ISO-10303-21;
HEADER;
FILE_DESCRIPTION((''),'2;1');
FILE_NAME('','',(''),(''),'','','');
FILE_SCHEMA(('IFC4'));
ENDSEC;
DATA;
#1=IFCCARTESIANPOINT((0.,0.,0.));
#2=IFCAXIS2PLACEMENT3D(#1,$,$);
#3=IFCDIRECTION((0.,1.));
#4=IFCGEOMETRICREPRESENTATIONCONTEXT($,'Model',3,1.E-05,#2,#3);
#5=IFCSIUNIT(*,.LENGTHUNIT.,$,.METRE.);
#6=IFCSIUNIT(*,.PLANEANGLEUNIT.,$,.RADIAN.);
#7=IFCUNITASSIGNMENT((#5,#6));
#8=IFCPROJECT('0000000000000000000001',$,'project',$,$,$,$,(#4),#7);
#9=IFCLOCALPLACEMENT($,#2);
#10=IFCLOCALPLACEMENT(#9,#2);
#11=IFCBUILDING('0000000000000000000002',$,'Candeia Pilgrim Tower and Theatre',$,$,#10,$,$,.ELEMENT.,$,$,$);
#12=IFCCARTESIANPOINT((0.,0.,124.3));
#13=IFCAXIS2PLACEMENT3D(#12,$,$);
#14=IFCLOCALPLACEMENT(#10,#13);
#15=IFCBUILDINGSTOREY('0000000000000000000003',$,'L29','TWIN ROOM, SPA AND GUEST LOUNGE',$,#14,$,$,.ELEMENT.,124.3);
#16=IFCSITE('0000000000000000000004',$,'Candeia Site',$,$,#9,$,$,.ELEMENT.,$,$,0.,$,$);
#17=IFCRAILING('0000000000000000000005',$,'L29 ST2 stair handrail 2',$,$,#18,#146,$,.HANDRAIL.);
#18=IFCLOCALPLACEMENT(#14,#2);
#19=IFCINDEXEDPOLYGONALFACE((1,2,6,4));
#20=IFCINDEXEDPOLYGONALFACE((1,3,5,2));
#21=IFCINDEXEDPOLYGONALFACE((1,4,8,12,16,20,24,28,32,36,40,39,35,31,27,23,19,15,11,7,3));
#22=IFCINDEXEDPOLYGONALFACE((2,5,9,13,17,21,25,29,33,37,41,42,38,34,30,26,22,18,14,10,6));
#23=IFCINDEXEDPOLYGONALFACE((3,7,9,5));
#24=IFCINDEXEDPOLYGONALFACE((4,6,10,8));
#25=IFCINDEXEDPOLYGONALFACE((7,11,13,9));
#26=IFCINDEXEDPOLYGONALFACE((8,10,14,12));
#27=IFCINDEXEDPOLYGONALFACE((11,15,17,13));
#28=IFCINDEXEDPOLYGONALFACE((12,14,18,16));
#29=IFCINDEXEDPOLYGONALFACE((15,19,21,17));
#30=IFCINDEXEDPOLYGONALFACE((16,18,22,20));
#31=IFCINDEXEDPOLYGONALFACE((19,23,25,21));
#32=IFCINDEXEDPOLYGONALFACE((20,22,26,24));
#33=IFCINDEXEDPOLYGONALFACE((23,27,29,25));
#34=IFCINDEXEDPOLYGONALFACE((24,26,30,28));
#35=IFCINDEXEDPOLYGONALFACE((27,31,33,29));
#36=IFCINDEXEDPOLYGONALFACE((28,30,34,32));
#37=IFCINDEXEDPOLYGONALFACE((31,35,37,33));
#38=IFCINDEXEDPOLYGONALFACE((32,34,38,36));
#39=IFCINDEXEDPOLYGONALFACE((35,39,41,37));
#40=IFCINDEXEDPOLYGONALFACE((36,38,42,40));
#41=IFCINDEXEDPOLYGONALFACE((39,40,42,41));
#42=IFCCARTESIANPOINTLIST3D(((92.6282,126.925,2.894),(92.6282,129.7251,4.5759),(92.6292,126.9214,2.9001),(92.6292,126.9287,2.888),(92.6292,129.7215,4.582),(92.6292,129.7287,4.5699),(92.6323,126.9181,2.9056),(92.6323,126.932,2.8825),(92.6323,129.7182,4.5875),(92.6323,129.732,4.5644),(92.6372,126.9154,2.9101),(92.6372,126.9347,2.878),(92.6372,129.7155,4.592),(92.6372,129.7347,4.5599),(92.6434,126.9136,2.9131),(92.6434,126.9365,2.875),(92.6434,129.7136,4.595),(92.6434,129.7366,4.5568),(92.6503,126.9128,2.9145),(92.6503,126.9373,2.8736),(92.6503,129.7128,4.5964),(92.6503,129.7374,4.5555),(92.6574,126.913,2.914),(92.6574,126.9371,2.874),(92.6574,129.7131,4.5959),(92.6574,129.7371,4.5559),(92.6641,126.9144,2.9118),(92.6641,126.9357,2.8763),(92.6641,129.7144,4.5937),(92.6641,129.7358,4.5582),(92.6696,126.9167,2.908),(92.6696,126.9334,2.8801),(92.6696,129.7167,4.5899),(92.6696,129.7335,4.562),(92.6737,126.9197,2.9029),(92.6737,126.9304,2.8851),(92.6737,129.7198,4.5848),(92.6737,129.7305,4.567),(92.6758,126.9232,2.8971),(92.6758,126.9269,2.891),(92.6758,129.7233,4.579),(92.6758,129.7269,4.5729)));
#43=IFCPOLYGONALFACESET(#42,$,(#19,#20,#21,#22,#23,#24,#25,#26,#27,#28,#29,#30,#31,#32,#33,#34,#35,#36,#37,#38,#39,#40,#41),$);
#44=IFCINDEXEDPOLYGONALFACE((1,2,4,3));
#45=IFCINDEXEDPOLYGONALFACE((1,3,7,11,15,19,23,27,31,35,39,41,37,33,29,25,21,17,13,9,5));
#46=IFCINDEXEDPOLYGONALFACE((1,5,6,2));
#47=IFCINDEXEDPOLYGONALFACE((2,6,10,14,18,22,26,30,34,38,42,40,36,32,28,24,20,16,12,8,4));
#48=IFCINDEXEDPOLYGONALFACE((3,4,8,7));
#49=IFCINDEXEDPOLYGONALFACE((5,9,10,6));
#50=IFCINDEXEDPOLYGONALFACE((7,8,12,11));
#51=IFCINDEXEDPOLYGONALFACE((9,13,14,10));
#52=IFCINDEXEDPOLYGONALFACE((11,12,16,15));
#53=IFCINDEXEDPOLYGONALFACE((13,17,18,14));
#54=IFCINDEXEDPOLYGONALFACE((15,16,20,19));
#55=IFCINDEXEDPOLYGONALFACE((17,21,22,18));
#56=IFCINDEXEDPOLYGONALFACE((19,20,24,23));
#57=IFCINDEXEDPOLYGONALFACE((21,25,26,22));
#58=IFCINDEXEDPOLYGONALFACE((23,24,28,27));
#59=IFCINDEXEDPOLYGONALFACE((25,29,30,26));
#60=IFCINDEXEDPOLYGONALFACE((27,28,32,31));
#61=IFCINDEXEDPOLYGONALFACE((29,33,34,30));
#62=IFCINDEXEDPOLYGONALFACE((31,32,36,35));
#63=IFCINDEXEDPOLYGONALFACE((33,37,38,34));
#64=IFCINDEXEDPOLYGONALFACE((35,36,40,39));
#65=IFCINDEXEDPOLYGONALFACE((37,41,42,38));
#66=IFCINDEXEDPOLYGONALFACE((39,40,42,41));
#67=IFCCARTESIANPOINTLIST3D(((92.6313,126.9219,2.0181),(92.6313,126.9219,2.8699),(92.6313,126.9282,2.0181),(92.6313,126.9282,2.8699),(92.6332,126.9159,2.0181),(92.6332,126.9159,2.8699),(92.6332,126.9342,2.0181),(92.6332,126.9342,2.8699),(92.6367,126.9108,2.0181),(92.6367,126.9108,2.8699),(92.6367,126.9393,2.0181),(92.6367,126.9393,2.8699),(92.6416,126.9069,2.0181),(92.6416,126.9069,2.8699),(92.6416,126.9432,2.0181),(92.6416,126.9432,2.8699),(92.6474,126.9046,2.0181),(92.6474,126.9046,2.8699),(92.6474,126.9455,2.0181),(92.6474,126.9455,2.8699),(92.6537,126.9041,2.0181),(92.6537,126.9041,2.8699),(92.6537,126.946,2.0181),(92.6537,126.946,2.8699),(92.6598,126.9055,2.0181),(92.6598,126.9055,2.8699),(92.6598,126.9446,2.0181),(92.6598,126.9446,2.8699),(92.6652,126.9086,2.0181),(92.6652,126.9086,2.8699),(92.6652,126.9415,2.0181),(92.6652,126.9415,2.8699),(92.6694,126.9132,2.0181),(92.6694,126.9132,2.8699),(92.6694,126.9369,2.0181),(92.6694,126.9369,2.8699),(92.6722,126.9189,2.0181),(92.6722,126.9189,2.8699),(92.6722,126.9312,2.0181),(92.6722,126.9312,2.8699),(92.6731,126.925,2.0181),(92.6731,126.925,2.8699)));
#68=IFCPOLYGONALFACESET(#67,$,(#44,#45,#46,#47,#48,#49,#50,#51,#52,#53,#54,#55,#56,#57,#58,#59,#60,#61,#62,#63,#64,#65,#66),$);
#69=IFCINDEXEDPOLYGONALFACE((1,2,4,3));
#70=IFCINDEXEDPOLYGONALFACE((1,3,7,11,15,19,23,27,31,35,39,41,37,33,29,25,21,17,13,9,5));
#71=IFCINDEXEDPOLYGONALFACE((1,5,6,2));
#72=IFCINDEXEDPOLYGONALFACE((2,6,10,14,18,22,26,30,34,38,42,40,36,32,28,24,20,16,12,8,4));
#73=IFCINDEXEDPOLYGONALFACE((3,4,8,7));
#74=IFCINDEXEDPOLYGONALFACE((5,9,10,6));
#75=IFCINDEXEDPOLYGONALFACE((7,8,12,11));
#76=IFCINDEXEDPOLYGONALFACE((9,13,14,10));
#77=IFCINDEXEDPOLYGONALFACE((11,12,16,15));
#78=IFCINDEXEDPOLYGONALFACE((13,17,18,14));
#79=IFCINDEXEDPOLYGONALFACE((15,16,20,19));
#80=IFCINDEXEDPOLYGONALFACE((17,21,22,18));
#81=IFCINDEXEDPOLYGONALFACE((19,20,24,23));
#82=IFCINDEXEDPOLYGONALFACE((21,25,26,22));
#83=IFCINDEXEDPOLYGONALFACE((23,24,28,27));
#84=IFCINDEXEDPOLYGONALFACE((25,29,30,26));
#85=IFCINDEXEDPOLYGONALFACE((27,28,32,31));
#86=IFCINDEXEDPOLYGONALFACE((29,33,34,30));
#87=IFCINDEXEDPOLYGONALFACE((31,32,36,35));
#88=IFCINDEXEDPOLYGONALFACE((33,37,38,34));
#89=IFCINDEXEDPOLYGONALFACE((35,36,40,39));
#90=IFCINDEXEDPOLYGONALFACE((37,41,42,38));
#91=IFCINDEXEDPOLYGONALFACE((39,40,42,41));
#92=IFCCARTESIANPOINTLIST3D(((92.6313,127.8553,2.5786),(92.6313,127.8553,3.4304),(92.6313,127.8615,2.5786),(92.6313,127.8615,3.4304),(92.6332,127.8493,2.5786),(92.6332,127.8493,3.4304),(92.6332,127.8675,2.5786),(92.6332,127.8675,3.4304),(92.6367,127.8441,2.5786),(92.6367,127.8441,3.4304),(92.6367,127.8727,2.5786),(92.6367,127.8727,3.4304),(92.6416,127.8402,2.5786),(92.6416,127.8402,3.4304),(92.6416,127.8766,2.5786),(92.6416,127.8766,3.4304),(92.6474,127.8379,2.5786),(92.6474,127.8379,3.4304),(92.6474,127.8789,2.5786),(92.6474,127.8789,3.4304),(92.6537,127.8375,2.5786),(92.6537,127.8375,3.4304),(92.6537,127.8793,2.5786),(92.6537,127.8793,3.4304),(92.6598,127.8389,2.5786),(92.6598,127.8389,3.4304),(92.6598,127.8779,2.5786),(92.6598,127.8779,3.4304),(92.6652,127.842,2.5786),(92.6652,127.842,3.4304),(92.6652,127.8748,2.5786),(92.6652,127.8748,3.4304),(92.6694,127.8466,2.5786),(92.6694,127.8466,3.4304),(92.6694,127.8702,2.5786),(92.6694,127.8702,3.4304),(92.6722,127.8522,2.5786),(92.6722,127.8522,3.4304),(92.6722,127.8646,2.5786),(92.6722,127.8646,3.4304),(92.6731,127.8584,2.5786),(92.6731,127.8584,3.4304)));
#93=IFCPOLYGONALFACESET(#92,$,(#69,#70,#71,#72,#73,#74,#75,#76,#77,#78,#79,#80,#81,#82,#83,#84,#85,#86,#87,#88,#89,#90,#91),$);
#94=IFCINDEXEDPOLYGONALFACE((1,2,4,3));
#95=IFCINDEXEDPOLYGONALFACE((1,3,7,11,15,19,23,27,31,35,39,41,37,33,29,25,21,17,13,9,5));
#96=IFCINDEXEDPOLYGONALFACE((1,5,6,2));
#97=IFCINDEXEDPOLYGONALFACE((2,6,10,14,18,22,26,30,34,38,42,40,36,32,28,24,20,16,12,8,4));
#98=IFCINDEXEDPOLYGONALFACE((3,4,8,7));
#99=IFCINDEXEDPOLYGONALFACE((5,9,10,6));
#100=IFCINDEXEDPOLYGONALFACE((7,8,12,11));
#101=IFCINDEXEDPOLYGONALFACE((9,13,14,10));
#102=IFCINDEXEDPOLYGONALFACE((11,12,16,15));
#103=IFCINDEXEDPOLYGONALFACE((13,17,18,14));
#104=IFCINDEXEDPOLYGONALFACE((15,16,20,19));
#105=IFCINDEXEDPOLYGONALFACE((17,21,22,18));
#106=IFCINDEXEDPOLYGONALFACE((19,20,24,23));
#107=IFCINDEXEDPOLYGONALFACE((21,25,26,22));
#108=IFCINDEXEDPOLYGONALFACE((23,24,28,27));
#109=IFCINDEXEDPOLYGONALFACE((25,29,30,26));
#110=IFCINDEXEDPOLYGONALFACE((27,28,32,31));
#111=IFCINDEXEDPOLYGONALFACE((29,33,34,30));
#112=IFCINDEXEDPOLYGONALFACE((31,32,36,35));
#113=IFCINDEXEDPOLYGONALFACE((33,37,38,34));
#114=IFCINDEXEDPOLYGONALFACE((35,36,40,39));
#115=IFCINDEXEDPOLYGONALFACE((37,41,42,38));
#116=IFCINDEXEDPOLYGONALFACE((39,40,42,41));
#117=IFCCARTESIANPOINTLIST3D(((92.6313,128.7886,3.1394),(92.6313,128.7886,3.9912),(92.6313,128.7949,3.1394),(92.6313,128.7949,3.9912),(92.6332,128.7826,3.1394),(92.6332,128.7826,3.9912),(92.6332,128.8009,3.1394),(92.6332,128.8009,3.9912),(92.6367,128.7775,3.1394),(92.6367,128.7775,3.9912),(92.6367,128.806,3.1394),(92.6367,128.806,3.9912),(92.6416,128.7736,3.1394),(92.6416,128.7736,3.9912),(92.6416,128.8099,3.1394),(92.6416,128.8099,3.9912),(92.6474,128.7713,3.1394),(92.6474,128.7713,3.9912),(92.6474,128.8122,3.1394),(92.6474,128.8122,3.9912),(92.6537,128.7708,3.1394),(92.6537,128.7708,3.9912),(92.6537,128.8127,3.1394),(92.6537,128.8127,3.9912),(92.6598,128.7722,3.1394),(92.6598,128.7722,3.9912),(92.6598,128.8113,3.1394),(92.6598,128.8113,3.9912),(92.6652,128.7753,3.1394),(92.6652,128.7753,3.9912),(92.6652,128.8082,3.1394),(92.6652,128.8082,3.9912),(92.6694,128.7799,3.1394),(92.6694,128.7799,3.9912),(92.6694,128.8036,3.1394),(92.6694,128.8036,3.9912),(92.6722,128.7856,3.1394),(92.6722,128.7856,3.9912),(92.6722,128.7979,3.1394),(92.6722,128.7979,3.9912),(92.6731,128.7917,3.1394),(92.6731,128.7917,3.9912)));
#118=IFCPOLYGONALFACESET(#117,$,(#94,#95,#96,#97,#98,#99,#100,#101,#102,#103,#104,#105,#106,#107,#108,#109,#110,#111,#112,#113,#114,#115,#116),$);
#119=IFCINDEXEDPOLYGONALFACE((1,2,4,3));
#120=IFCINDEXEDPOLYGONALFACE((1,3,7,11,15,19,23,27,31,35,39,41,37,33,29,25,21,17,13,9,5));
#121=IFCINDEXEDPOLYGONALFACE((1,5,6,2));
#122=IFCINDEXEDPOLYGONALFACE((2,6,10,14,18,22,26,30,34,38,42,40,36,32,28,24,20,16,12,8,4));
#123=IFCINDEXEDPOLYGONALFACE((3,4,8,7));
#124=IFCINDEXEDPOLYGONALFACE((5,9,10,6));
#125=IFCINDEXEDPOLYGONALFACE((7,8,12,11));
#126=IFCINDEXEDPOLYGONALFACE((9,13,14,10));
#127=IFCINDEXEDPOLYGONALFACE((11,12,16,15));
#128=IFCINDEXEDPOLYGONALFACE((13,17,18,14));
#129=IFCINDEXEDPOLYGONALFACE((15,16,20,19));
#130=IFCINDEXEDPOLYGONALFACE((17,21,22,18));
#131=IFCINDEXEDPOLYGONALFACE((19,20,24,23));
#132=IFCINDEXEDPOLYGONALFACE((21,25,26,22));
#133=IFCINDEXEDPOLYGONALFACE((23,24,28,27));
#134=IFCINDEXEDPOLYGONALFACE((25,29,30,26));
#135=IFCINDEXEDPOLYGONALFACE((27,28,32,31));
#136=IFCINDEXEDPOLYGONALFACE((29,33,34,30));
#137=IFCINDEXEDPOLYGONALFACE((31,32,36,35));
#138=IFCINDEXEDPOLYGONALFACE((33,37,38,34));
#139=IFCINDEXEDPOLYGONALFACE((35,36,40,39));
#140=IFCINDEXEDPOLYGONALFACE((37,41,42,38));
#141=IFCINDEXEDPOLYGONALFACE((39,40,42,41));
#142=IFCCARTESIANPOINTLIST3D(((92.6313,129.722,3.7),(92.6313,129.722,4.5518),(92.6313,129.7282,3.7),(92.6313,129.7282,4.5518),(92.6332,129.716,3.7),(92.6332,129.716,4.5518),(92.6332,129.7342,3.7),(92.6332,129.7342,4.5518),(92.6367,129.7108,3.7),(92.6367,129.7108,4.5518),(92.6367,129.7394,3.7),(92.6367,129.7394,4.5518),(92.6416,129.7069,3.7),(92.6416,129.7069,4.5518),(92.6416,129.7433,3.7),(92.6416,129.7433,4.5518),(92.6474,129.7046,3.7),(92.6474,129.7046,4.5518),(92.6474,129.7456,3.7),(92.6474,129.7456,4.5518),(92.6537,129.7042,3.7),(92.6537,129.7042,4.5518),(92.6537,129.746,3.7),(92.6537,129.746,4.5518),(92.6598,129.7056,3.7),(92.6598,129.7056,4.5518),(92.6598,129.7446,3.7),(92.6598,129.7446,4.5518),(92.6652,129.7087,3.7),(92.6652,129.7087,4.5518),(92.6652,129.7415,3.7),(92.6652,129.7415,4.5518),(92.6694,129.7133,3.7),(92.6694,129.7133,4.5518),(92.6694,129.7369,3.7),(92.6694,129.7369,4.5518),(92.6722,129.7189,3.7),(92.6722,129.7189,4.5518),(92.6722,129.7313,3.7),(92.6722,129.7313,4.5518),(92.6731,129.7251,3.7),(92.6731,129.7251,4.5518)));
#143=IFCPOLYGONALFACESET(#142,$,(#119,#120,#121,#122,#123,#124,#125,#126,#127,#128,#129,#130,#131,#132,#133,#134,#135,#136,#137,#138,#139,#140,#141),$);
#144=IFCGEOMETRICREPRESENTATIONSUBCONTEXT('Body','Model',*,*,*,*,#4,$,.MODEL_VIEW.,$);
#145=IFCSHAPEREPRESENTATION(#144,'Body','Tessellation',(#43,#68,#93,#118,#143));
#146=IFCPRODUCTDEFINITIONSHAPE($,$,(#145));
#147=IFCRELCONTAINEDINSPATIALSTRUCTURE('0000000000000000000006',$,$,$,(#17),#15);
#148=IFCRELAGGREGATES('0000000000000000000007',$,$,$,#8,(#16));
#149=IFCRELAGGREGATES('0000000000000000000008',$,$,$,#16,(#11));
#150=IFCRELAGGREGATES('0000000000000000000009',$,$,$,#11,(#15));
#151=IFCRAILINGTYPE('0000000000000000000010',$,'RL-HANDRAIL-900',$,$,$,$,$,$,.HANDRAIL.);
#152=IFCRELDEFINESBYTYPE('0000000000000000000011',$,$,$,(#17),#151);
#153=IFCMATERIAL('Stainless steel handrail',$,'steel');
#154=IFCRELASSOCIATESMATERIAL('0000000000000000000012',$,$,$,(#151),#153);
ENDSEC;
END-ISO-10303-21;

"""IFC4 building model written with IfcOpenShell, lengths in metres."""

from ifc_helpers import new_model, si_unit, direction, frame, origin, origin_2d, place, context, subcontext, project, spatial, circle, extrude, material, type_object, element, save


model = new_model("IFC4")

# Units and contexts
model_context = context("Model", 3, precision=1e-05, world=origin(), true_north=direction((0.0, 1.0)))
body_context = subcontext(model_context, "Body", "Model", "MODEL_VIEW")
ifc_project = project(units=[si_unit("LENGTHUNIT", "METRE"), si_unit("PLANEANGLEUNIT", "RADIAN")], contexts=[model_context])

# Site, building, storey
site_placement = place(None, origin())
site = spatial("IfcSite", under=ifc_project, at=site_placement, Name="Candeia Site", CompositionType="ELEMENT", RefElevation=0.0)
building_placement = place(site_placement, origin())
building = spatial("IfcBuilding", under=site, at=building_placement, Name="Candeia Pilgrim Tower and Theatre", CompositionType="ELEMENT")
storey_placement = place(building_placement, frame((0.0, 0.0, 124.3)))
storey = spatial("IfcBuildingStorey", under=building, at=storey_placement, Name="L29", Description="TWIN ROOM, SPA AND GUEST LOUNGE", CompositionType="ELEMENT", Elevation=124.3)

# Railing
ifc_material_1 = material(Name="Stainless steel handrail", Category="steel")
railing_type = type_object("IfcRailingType", Name="RL-HANDRAIL-900", PredefinedType="HANDRAIL", material=ifc_material_1)
for number, where, name in (
    (1, (92.6521, 126.925, 2.0181), "L29 ST2 stair handrail 2"),
):
    element("IfcRailing", number, at=place(storey_placement, frame(where)), inside=storey, type_object=railing_type, Name=name, PredefinedType="HANDRAIL", context=body_context, shape_type="SweptSolid", body=[
        extrude(circle(Radius=0.0239, at=origin_2d()), frame((0.0, 0.0, 0.876), z_axis=(0.0, 0.857242, 0.514913), x_axis=(-1.0, 0.0, 0.0)), (0.0, 0.0, 1.0), 3.2664),
        extrude(circle(Radius=0.021, at=origin_2d()), origin(), (0.0, 0.0, 1.0), 0.8518),
        extrude(circle(Radius=0.021, at=origin_2d()), frame((0.0, 0.9333, 0.5605)), (0.0, 0.0, 1.0), 0.8518),
        extrude(circle(Radius=0.021, at=origin_2d()), frame((0.0, 1.8667, 1.1213)), (0.0, 0.0, 1.0), 0.8518),
        extrude(circle(Radius=0.021, at=origin_2d()), frame((0.0, 2.8, 1.6819)), (0.0, 0.0, 1.0), 0.8518),
    ])

save(model, "model.ifc")
